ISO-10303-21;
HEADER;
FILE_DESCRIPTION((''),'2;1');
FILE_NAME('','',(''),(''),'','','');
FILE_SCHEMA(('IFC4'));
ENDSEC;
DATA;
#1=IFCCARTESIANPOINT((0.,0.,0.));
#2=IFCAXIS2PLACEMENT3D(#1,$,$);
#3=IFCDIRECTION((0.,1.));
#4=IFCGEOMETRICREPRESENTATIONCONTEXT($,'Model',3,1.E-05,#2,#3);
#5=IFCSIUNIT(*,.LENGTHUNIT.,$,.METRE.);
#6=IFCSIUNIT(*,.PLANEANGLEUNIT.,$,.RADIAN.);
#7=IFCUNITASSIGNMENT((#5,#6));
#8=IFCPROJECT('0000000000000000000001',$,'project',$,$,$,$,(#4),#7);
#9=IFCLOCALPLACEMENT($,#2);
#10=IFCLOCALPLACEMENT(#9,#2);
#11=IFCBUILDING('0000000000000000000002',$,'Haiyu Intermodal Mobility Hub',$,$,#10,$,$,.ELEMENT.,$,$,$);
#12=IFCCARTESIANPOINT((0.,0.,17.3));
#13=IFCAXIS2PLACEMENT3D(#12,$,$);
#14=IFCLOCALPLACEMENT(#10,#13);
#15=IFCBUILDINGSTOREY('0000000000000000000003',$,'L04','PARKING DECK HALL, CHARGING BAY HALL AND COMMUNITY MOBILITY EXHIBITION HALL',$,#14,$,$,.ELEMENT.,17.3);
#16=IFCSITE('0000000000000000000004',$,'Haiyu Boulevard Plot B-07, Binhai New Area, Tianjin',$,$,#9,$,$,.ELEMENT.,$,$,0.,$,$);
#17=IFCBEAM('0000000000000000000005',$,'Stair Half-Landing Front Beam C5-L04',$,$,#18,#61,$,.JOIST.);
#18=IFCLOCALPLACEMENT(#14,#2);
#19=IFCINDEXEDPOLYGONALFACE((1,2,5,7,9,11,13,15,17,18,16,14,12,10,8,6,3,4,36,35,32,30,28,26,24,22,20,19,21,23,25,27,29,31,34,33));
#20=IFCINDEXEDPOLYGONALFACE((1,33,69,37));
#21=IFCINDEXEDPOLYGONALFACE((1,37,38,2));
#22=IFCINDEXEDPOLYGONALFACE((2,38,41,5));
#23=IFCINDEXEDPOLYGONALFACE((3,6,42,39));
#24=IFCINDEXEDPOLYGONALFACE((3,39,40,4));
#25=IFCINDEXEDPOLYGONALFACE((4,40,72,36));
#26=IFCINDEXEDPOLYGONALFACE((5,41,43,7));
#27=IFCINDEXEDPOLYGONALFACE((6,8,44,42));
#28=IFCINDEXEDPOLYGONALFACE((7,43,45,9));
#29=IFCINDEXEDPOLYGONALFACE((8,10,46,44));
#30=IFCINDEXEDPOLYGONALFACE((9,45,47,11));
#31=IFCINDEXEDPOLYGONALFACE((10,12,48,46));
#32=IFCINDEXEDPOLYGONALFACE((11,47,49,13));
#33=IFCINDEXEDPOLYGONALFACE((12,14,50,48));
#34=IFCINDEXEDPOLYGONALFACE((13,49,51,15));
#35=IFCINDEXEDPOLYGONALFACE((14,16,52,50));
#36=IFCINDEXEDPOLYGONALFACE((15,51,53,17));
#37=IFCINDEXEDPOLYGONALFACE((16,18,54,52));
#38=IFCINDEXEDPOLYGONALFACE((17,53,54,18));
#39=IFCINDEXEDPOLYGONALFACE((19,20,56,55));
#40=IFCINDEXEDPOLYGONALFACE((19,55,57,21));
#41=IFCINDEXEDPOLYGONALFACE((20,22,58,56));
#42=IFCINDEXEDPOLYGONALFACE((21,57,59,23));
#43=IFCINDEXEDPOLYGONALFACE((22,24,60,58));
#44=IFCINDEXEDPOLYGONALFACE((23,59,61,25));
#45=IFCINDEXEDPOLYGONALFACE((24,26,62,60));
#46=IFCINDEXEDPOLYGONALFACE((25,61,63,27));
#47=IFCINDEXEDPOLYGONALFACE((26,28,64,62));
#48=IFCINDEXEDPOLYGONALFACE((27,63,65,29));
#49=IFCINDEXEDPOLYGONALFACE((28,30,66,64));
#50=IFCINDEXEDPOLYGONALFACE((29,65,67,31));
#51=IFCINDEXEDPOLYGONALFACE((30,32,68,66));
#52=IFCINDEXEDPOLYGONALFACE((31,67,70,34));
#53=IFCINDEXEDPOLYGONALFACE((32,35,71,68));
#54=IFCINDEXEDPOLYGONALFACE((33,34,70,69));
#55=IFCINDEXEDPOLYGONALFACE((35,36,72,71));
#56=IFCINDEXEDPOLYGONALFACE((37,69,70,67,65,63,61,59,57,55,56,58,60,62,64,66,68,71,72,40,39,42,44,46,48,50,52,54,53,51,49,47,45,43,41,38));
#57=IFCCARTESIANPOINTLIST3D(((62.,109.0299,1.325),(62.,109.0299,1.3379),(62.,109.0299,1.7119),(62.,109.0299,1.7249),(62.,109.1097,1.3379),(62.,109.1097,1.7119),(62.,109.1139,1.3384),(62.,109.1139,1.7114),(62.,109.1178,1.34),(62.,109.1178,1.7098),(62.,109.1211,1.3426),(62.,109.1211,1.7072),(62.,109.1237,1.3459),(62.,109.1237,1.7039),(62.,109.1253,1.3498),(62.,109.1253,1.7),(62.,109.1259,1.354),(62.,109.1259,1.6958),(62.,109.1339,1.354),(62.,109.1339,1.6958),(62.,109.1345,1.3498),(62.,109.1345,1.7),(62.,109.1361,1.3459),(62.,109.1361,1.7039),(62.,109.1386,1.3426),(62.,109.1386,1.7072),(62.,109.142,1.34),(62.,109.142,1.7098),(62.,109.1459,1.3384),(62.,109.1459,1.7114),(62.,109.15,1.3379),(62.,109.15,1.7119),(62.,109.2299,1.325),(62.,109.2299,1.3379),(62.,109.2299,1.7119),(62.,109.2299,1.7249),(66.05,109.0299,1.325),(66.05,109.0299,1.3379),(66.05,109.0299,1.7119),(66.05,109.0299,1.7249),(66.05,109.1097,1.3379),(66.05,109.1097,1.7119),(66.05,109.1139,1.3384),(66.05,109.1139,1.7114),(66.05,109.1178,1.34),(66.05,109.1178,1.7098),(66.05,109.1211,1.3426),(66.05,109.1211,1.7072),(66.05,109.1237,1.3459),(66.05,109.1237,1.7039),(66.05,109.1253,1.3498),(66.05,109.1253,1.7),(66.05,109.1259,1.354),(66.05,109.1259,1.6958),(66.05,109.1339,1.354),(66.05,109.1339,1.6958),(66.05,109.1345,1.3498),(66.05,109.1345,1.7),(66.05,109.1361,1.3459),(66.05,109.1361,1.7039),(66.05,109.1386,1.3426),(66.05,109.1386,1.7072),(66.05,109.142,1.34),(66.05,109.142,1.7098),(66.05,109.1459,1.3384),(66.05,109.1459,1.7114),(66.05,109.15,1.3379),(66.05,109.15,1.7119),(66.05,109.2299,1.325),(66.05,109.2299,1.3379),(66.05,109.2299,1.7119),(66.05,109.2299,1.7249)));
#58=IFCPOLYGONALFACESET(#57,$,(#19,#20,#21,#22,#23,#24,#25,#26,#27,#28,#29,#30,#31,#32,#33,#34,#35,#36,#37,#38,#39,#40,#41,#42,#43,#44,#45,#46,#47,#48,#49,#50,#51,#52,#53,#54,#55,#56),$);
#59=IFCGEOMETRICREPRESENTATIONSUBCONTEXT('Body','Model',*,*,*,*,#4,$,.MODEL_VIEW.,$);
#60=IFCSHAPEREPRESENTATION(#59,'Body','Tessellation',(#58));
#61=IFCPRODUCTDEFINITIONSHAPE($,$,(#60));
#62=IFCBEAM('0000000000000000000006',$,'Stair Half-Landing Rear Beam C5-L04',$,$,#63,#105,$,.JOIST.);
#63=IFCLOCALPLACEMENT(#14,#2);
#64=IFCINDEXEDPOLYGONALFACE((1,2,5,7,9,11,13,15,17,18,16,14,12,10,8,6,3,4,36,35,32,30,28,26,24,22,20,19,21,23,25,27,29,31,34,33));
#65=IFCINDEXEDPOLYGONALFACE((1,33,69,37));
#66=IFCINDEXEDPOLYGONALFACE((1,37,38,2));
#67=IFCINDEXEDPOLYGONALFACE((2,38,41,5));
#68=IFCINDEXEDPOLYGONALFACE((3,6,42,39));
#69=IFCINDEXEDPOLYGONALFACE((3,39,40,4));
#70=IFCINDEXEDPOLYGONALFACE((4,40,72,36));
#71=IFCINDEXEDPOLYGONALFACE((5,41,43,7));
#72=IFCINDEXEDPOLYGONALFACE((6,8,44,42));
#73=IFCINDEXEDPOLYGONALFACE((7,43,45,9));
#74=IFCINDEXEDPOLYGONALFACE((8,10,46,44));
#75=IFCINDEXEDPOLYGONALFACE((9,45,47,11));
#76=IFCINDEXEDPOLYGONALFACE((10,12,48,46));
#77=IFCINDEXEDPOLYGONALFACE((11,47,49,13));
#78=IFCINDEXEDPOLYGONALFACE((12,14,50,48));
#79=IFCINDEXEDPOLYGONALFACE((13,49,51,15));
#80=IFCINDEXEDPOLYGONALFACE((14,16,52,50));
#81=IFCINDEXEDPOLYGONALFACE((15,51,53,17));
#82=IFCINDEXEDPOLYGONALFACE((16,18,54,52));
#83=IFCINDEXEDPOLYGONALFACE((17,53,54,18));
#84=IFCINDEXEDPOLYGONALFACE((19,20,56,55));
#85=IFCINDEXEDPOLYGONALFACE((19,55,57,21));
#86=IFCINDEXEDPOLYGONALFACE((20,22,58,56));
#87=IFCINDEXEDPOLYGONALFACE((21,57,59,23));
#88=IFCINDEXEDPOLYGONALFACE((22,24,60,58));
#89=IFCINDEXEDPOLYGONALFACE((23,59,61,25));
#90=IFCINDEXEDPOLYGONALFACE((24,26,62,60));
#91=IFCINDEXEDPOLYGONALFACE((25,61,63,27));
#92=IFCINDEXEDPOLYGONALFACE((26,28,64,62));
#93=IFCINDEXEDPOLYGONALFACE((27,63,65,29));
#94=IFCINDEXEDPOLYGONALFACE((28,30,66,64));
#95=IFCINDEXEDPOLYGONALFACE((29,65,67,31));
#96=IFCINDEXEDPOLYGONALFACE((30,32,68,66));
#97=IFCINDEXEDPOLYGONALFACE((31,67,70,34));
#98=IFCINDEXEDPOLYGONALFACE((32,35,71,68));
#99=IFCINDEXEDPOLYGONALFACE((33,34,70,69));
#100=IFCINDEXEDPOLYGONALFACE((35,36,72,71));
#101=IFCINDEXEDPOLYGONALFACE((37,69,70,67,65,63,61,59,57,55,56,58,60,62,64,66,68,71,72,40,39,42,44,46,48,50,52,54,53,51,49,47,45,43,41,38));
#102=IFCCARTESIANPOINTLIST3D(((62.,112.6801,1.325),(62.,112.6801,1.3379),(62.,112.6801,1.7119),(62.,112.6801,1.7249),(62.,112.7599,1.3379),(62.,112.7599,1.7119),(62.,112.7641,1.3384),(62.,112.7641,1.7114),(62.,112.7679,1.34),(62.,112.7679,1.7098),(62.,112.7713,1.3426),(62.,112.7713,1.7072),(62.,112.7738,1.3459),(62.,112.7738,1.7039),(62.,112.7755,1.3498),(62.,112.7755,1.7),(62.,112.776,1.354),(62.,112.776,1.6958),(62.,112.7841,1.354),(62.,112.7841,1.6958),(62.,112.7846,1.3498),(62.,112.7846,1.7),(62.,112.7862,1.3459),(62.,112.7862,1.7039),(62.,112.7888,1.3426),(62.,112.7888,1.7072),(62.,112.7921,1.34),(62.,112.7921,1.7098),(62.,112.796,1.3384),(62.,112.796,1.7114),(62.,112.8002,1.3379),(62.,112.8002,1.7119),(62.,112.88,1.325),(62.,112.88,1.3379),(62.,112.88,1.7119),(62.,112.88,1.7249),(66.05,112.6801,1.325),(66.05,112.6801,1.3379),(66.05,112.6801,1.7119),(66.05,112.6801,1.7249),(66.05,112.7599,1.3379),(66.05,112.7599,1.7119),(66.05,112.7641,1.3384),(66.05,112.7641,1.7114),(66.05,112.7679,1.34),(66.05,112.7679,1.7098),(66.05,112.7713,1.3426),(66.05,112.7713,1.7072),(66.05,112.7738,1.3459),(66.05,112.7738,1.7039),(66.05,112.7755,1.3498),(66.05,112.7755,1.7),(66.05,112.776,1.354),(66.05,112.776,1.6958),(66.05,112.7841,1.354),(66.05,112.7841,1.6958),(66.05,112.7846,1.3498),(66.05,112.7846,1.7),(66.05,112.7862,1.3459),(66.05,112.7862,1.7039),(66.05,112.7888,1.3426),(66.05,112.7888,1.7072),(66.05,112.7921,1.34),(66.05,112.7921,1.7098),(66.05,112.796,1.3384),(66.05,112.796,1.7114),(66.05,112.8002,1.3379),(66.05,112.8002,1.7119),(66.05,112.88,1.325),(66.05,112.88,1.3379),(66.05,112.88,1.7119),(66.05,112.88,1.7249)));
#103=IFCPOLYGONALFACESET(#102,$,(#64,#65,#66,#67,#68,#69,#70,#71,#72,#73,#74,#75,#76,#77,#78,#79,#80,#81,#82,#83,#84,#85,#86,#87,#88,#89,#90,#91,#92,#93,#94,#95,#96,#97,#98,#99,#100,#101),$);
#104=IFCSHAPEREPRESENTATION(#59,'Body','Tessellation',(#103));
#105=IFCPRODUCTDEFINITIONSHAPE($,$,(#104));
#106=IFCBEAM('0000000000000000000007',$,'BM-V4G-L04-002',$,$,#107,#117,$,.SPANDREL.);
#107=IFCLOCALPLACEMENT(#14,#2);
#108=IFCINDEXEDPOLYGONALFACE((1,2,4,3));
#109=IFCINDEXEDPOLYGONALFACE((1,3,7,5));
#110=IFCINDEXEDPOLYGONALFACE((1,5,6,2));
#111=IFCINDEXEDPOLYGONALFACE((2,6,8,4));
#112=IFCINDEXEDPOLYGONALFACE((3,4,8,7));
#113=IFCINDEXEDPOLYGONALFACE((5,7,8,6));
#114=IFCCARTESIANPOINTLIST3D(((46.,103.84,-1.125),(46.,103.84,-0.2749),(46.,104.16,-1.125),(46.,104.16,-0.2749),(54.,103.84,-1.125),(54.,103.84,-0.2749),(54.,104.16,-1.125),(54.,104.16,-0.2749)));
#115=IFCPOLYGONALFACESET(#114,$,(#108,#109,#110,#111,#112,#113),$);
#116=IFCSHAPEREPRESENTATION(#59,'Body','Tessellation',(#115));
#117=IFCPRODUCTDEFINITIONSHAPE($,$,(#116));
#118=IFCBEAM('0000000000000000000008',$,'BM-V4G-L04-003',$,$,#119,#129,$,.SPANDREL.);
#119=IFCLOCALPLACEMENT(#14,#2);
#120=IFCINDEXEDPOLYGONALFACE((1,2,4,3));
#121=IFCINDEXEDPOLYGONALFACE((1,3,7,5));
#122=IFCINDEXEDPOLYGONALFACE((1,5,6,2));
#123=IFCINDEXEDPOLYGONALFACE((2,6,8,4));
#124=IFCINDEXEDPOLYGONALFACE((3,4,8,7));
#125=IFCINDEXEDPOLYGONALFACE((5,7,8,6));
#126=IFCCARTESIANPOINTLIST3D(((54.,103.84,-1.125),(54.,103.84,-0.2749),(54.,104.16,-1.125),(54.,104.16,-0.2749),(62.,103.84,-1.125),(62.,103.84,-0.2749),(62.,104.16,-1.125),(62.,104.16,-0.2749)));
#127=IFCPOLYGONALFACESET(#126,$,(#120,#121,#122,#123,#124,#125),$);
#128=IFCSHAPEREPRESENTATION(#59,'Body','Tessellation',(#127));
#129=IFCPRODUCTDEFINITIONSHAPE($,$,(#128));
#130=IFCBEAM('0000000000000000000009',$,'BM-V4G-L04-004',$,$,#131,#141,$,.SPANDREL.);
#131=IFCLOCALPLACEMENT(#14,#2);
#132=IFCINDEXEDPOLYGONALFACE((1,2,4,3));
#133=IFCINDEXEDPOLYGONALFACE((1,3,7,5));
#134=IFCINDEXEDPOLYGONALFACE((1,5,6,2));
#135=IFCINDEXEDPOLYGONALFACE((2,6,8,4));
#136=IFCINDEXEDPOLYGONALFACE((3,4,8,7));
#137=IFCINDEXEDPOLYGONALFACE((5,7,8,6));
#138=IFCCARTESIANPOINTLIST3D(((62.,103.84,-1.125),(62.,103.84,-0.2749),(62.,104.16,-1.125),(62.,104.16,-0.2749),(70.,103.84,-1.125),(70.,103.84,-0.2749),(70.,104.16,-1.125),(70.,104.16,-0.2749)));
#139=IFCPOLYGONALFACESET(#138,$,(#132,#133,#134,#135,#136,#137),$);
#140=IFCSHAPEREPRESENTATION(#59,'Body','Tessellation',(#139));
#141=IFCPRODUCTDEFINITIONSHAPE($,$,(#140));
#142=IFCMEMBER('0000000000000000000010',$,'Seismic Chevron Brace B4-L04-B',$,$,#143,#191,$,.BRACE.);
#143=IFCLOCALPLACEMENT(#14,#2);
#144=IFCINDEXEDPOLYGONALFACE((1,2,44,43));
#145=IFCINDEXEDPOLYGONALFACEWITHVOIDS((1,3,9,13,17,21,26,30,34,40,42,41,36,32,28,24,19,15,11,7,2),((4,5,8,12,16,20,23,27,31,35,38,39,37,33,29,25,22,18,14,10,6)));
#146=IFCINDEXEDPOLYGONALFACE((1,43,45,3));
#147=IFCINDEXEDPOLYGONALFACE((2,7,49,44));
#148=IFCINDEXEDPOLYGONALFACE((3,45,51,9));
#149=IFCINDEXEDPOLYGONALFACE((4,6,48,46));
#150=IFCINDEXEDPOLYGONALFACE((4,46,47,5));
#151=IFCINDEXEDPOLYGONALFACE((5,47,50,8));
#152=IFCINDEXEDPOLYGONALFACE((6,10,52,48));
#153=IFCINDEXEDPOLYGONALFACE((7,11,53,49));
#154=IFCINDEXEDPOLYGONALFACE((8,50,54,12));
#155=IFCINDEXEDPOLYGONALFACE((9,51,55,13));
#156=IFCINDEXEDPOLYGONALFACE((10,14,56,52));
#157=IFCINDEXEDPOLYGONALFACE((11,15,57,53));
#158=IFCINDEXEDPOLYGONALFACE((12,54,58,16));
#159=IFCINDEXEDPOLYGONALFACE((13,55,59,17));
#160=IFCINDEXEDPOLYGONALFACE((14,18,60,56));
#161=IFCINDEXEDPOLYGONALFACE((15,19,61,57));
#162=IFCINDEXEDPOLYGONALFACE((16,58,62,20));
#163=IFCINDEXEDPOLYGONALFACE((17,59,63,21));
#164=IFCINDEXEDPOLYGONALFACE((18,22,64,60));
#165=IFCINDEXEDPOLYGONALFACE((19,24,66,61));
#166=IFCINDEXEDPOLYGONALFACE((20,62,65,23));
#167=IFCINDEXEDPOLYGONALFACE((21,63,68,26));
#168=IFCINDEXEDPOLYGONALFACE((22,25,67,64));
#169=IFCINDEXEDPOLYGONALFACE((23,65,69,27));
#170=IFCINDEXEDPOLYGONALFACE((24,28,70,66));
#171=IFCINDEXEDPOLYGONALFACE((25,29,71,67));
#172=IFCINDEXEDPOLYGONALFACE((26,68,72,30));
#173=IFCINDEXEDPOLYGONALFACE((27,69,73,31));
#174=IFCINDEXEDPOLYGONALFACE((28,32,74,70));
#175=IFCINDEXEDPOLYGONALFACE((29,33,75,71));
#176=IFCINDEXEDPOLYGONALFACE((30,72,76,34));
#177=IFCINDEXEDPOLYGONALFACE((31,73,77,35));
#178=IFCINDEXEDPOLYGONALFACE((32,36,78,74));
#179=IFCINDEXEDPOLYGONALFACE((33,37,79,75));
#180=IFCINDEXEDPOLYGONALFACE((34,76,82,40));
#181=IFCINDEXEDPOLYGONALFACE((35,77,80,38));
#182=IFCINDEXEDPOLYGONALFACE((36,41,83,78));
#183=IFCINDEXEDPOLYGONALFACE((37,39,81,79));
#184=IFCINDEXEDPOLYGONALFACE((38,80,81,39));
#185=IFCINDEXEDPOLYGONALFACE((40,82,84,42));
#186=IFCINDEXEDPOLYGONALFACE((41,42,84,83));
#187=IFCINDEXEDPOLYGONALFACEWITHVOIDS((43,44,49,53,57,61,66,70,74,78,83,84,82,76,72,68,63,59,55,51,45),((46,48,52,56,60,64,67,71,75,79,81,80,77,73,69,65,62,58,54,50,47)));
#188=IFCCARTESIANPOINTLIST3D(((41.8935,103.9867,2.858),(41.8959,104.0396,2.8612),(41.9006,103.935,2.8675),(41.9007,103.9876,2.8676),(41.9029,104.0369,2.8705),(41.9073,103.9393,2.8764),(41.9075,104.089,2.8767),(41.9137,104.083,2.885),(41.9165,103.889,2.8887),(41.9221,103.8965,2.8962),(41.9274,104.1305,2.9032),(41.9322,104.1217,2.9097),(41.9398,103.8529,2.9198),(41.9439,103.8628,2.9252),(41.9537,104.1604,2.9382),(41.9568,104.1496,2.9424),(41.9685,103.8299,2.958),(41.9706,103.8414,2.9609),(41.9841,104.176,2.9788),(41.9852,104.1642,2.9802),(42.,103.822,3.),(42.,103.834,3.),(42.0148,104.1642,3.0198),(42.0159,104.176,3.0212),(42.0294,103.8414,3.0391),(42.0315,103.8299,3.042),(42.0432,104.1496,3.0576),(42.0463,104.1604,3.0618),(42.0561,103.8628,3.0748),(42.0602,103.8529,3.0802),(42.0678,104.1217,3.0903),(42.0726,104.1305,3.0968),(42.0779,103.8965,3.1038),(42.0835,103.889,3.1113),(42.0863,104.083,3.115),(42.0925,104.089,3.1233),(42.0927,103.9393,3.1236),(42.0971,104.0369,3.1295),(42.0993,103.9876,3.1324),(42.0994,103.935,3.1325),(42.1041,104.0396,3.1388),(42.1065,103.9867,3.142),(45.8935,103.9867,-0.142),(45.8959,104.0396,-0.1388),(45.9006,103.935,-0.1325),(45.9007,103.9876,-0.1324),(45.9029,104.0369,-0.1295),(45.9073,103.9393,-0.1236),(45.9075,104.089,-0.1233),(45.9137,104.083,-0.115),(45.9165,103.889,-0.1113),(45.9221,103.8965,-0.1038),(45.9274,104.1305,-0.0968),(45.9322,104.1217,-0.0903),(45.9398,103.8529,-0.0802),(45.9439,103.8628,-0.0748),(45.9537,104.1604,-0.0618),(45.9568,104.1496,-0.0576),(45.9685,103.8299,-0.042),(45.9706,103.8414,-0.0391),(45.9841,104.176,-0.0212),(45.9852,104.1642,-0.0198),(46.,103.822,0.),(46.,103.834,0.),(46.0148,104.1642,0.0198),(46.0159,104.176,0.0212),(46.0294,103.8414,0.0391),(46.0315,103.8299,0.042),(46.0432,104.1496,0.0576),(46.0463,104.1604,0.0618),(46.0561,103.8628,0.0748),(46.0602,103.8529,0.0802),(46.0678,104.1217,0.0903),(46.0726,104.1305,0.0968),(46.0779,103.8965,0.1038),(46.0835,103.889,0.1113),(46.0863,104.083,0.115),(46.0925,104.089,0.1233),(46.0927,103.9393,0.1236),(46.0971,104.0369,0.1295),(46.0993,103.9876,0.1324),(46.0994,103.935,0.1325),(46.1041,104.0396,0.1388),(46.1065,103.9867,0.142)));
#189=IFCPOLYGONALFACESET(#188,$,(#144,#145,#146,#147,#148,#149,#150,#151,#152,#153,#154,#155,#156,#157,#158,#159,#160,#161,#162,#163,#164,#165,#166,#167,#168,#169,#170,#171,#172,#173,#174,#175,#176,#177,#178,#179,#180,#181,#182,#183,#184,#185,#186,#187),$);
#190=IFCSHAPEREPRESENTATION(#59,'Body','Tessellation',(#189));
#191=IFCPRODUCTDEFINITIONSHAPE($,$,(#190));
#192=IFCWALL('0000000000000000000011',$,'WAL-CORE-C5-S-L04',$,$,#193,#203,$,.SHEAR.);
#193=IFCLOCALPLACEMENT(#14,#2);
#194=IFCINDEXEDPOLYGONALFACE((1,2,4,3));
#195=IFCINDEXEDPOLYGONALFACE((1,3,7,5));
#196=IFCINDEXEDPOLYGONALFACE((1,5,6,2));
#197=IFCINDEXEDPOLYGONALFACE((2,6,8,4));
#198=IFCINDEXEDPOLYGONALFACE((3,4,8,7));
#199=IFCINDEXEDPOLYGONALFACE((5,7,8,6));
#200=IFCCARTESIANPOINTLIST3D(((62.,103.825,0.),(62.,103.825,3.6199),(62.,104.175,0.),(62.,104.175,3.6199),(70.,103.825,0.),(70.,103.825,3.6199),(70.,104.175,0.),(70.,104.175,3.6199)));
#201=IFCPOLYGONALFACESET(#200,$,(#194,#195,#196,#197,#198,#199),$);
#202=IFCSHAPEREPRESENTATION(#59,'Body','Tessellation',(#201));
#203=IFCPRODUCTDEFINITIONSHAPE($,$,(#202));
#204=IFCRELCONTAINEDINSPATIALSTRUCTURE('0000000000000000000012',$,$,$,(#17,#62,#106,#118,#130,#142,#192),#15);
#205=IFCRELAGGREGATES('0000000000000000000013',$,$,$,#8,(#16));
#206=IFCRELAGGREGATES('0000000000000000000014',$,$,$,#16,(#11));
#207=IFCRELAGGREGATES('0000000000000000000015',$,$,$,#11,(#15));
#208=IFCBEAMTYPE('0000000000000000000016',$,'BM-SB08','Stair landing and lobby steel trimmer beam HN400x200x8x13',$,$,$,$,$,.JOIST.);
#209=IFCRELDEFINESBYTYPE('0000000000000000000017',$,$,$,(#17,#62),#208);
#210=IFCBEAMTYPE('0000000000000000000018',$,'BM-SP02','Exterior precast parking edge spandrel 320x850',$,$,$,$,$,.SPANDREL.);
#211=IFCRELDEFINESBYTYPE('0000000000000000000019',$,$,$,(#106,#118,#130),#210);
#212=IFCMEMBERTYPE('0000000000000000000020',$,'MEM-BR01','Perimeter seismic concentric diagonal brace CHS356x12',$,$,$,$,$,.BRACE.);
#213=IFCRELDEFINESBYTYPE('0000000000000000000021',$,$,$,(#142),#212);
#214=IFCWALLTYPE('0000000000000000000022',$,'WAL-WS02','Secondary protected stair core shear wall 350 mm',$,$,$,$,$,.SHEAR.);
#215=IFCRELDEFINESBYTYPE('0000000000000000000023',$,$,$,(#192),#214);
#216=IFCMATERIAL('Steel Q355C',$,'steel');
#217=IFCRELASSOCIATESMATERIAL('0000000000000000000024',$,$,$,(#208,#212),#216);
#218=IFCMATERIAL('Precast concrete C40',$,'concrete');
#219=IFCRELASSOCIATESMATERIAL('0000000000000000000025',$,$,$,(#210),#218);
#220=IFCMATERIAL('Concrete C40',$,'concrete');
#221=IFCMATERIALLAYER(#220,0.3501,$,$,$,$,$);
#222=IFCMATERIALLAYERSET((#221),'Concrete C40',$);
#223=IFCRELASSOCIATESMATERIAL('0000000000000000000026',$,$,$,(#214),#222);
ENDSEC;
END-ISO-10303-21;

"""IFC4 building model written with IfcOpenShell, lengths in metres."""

from ifc_helpers import new_model, si_unit, direction, frame, frame_2d, origin, origin_2d, place, context, subcontext, project, spatial, rectangle, hollow_circle, i_section, extrude, material, layer, layer_set, material_profile, profile_set, type_object, element, save


model = new_model("IFC4")

# Units and contexts
model_context = context("Model", 3, precision=1e-05, world=origin(), true_north=direction((0.0, 1.0)))
body_context = subcontext(model_context, "Body", "Model", "MODEL_VIEW")
ifc_project = project(units=[si_unit("LENGTHUNIT", "METRE"), si_unit("PLANEANGLEUNIT", "RADIAN")], contexts=[model_context])

# Site, building, storey
site_placement = place(None, origin())
site = spatial("IfcSite", under=ifc_project, at=site_placement, Name="Haiyu Boulevard Plot B-07, Binhai New Area, Tianjin", CompositionType="ELEMENT", RefElevation=0.0)
building_placement = place(site_placement, origin())
building = spatial("IfcBuilding", under=site, at=building_placement, Name="Haiyu Intermodal Mobility Hub", CompositionType="ELEMENT")
storey_placement = place(building_placement, frame((0.0, 0.0, 17.3)))
storey = spatial("IfcBuildingStorey", under=building, at=storey_placement, Name="L04", Description="PARKING DECK HALL, CHARGING BAY HALL AND COMMUNITY MOBILITY EXHIBITION HALL", CompositionType="ELEMENT", Elevation=17.3)

# Shared definitions
ifc_material_1 = material(Name="Precast concrete C40", Category="concrete")

# Beams
ifc_material_2 = material(Name="Concrete C40", Category="concrete")
ifc_material_3 = material(Name="Steel Q355C", Category="steel")
ifc_material_profile_1 = material_profile(ifc_material_3, i_section(OverallWidth=0.2, OverallDepth=0.3999, WebThickness=0.0081, FlangeThickness=0.0129, FilletRadius=0.0161, at=origin_2d()), Name="HN400x200x8x13")
ifc_profile_set_1 = profile_set([ifc_material_profile_1], Name="Steel Q355C")
beam_type_1 = type_object("IfcBeamType", Name="BM-SB08", Description="Stair landing and lobby steel trimmer beam HN400x200x8x13", PredefinedType="JOIST", material=ifc_profile_set_1)
for number, where, z_axis, x_axis, name in (
    (1, (62.0, 109.1299, 1.5249), (1.0, 0.0, 0.0), (0.0, 1.0, 0.0), "Stair Half-Landing Front Beam C5-L04"),
    (2, (62.0, 112.78, 1.5249), (1.0, 0.0, 0.0), (0.0, 1.0, 0.0), "Stair Half-Landing Rear Beam C5-L04"),
):
    element("IfcBeam", number, at=place(storey_placement, frame(where, z_axis=z_axis, x_axis=x_axis)), inside=storey, type_object=beam_type_1, Name=name, PredefinedType="JOIST", context=body_context, shape_type="SweptSolid", body=[
        extrude(i_section(OverallWidth=0.2, OverallDepth=0.3999, WebThickness=0.0081, FlangeThickness=0.0129, FilletRadius=0.0161, at=origin_2d()), origin(), (0.0, 0.0, 1.0), 4.05),
    ])
ifc_material_profile_2 = material_profile(ifc_material_1, rectangle(XDim=0.3201, YDim=0.8501, at=origin_2d()), Name="PC320x850")
ifc_profile_set_2 = profile_set([ifc_material_profile_2], Name="Precast concrete C40")
beam_type_2 = type_object("IfcBeamType", Name="BM-SP02", Description="Exterior precast parking edge spandrel 320x850", PredefinedType="SPANDREL", material=ifc_profile_set_2)
for number, where, z_axis, x_axis, name in (
    (3, (46.0, 104.0, -0.7), (1.0, 0.0, 0.0), (0.0, 1.0, 0.0), "BM-V4G-L04-002"),
    (4, (54.0, 104.0, -0.7), (1.0, 0.0, 0.0), (0.0, 1.0, 0.0), "BM-V4G-L04-003"),
    (5, (62.0, 104.0, -0.7), (1.0, 0.0, 0.0), (0.0, 1.0, 0.0), "BM-V4G-L04-004"),
):
    element("IfcBeam", number, at=place(storey_placement, frame(where, z_axis=z_axis, x_axis=x_axis)), inside=storey, type_object=beam_type_2, Name=name, PredefinedType="SPANDREL", context=body_context, shape_type="SweptSolid", body=[
        extrude(rectangle(XDim=0.3201, YDim=0.8501, at=origin_2d()), origin(), (0.0, 0.0, 1.0), 8.0),
    ])

# Member
ifc_material_profile_3 = material_profile(ifc_material_3, hollow_circle(Radius=0.178, WallThickness=0.012, at=origin_2d()), Name="CHS356x12")
ifc_profile_set_3 = profile_set([ifc_material_profile_3], Name="Steel Q355C")
member_type = type_object("IfcMemberType", Name="MEM-BR01", Description="Perimeter seismic concentric diagonal brace CHS356x12", PredefinedType="BRACE", material=ifc_profile_set_3)
member_placement = place(storey_placement, frame((46.0, 104.0, 0.0), z_axis=(-0.8, 0.0, 0.6), x_axis=(0.0, -1.0, 0.0)))
element("IfcMember", 6, at=member_placement, inside=storey, type_object=member_type, Name="Seismic Chevron Brace B4-L04-B", PredefinedType="BRACE", context=body_context, shape_type="SweptSolid", body=[
    extrude(hollow_circle(Radius=0.178, WallThickness=0.012, at=origin_2d()), origin(), (0.0, 0.0, 1.0), 5.0),
])

# Wall
ifc_layer = layer(ifc_material_2, 0.3501)
ifc_layer_set = layer_set([ifc_layer], Name="Concrete C40")
wall_type = type_object("IfcWallType", Name="WAL-WS02", Description="Secondary protected stair core shear wall 350 mm", PredefinedType="SHEAR", material=ifc_layer_set)
wall_1_placement = place(storey_placement, frame((62.0, 104.0, 0.0), z_axis=(0.0, 0.0, 1.0), x_axis=(1.0, 0.0, 0.0)))
element("IfcWall", 7, at=wall_1_placement, inside=storey, type_object=wall_type, Name="WAL-CORE-C5-S-L04", PredefinedType="SHEAR", context=body_context, shape_type="SweptSolid", body=[
    extrude(rectangle(XDim=8.0, YDim=0.3501, at=frame_2d((4.0, 0.0))), origin(), (0.0, 0.0, 1.0), 3.6199),
])

save(model, "model.ifc")
